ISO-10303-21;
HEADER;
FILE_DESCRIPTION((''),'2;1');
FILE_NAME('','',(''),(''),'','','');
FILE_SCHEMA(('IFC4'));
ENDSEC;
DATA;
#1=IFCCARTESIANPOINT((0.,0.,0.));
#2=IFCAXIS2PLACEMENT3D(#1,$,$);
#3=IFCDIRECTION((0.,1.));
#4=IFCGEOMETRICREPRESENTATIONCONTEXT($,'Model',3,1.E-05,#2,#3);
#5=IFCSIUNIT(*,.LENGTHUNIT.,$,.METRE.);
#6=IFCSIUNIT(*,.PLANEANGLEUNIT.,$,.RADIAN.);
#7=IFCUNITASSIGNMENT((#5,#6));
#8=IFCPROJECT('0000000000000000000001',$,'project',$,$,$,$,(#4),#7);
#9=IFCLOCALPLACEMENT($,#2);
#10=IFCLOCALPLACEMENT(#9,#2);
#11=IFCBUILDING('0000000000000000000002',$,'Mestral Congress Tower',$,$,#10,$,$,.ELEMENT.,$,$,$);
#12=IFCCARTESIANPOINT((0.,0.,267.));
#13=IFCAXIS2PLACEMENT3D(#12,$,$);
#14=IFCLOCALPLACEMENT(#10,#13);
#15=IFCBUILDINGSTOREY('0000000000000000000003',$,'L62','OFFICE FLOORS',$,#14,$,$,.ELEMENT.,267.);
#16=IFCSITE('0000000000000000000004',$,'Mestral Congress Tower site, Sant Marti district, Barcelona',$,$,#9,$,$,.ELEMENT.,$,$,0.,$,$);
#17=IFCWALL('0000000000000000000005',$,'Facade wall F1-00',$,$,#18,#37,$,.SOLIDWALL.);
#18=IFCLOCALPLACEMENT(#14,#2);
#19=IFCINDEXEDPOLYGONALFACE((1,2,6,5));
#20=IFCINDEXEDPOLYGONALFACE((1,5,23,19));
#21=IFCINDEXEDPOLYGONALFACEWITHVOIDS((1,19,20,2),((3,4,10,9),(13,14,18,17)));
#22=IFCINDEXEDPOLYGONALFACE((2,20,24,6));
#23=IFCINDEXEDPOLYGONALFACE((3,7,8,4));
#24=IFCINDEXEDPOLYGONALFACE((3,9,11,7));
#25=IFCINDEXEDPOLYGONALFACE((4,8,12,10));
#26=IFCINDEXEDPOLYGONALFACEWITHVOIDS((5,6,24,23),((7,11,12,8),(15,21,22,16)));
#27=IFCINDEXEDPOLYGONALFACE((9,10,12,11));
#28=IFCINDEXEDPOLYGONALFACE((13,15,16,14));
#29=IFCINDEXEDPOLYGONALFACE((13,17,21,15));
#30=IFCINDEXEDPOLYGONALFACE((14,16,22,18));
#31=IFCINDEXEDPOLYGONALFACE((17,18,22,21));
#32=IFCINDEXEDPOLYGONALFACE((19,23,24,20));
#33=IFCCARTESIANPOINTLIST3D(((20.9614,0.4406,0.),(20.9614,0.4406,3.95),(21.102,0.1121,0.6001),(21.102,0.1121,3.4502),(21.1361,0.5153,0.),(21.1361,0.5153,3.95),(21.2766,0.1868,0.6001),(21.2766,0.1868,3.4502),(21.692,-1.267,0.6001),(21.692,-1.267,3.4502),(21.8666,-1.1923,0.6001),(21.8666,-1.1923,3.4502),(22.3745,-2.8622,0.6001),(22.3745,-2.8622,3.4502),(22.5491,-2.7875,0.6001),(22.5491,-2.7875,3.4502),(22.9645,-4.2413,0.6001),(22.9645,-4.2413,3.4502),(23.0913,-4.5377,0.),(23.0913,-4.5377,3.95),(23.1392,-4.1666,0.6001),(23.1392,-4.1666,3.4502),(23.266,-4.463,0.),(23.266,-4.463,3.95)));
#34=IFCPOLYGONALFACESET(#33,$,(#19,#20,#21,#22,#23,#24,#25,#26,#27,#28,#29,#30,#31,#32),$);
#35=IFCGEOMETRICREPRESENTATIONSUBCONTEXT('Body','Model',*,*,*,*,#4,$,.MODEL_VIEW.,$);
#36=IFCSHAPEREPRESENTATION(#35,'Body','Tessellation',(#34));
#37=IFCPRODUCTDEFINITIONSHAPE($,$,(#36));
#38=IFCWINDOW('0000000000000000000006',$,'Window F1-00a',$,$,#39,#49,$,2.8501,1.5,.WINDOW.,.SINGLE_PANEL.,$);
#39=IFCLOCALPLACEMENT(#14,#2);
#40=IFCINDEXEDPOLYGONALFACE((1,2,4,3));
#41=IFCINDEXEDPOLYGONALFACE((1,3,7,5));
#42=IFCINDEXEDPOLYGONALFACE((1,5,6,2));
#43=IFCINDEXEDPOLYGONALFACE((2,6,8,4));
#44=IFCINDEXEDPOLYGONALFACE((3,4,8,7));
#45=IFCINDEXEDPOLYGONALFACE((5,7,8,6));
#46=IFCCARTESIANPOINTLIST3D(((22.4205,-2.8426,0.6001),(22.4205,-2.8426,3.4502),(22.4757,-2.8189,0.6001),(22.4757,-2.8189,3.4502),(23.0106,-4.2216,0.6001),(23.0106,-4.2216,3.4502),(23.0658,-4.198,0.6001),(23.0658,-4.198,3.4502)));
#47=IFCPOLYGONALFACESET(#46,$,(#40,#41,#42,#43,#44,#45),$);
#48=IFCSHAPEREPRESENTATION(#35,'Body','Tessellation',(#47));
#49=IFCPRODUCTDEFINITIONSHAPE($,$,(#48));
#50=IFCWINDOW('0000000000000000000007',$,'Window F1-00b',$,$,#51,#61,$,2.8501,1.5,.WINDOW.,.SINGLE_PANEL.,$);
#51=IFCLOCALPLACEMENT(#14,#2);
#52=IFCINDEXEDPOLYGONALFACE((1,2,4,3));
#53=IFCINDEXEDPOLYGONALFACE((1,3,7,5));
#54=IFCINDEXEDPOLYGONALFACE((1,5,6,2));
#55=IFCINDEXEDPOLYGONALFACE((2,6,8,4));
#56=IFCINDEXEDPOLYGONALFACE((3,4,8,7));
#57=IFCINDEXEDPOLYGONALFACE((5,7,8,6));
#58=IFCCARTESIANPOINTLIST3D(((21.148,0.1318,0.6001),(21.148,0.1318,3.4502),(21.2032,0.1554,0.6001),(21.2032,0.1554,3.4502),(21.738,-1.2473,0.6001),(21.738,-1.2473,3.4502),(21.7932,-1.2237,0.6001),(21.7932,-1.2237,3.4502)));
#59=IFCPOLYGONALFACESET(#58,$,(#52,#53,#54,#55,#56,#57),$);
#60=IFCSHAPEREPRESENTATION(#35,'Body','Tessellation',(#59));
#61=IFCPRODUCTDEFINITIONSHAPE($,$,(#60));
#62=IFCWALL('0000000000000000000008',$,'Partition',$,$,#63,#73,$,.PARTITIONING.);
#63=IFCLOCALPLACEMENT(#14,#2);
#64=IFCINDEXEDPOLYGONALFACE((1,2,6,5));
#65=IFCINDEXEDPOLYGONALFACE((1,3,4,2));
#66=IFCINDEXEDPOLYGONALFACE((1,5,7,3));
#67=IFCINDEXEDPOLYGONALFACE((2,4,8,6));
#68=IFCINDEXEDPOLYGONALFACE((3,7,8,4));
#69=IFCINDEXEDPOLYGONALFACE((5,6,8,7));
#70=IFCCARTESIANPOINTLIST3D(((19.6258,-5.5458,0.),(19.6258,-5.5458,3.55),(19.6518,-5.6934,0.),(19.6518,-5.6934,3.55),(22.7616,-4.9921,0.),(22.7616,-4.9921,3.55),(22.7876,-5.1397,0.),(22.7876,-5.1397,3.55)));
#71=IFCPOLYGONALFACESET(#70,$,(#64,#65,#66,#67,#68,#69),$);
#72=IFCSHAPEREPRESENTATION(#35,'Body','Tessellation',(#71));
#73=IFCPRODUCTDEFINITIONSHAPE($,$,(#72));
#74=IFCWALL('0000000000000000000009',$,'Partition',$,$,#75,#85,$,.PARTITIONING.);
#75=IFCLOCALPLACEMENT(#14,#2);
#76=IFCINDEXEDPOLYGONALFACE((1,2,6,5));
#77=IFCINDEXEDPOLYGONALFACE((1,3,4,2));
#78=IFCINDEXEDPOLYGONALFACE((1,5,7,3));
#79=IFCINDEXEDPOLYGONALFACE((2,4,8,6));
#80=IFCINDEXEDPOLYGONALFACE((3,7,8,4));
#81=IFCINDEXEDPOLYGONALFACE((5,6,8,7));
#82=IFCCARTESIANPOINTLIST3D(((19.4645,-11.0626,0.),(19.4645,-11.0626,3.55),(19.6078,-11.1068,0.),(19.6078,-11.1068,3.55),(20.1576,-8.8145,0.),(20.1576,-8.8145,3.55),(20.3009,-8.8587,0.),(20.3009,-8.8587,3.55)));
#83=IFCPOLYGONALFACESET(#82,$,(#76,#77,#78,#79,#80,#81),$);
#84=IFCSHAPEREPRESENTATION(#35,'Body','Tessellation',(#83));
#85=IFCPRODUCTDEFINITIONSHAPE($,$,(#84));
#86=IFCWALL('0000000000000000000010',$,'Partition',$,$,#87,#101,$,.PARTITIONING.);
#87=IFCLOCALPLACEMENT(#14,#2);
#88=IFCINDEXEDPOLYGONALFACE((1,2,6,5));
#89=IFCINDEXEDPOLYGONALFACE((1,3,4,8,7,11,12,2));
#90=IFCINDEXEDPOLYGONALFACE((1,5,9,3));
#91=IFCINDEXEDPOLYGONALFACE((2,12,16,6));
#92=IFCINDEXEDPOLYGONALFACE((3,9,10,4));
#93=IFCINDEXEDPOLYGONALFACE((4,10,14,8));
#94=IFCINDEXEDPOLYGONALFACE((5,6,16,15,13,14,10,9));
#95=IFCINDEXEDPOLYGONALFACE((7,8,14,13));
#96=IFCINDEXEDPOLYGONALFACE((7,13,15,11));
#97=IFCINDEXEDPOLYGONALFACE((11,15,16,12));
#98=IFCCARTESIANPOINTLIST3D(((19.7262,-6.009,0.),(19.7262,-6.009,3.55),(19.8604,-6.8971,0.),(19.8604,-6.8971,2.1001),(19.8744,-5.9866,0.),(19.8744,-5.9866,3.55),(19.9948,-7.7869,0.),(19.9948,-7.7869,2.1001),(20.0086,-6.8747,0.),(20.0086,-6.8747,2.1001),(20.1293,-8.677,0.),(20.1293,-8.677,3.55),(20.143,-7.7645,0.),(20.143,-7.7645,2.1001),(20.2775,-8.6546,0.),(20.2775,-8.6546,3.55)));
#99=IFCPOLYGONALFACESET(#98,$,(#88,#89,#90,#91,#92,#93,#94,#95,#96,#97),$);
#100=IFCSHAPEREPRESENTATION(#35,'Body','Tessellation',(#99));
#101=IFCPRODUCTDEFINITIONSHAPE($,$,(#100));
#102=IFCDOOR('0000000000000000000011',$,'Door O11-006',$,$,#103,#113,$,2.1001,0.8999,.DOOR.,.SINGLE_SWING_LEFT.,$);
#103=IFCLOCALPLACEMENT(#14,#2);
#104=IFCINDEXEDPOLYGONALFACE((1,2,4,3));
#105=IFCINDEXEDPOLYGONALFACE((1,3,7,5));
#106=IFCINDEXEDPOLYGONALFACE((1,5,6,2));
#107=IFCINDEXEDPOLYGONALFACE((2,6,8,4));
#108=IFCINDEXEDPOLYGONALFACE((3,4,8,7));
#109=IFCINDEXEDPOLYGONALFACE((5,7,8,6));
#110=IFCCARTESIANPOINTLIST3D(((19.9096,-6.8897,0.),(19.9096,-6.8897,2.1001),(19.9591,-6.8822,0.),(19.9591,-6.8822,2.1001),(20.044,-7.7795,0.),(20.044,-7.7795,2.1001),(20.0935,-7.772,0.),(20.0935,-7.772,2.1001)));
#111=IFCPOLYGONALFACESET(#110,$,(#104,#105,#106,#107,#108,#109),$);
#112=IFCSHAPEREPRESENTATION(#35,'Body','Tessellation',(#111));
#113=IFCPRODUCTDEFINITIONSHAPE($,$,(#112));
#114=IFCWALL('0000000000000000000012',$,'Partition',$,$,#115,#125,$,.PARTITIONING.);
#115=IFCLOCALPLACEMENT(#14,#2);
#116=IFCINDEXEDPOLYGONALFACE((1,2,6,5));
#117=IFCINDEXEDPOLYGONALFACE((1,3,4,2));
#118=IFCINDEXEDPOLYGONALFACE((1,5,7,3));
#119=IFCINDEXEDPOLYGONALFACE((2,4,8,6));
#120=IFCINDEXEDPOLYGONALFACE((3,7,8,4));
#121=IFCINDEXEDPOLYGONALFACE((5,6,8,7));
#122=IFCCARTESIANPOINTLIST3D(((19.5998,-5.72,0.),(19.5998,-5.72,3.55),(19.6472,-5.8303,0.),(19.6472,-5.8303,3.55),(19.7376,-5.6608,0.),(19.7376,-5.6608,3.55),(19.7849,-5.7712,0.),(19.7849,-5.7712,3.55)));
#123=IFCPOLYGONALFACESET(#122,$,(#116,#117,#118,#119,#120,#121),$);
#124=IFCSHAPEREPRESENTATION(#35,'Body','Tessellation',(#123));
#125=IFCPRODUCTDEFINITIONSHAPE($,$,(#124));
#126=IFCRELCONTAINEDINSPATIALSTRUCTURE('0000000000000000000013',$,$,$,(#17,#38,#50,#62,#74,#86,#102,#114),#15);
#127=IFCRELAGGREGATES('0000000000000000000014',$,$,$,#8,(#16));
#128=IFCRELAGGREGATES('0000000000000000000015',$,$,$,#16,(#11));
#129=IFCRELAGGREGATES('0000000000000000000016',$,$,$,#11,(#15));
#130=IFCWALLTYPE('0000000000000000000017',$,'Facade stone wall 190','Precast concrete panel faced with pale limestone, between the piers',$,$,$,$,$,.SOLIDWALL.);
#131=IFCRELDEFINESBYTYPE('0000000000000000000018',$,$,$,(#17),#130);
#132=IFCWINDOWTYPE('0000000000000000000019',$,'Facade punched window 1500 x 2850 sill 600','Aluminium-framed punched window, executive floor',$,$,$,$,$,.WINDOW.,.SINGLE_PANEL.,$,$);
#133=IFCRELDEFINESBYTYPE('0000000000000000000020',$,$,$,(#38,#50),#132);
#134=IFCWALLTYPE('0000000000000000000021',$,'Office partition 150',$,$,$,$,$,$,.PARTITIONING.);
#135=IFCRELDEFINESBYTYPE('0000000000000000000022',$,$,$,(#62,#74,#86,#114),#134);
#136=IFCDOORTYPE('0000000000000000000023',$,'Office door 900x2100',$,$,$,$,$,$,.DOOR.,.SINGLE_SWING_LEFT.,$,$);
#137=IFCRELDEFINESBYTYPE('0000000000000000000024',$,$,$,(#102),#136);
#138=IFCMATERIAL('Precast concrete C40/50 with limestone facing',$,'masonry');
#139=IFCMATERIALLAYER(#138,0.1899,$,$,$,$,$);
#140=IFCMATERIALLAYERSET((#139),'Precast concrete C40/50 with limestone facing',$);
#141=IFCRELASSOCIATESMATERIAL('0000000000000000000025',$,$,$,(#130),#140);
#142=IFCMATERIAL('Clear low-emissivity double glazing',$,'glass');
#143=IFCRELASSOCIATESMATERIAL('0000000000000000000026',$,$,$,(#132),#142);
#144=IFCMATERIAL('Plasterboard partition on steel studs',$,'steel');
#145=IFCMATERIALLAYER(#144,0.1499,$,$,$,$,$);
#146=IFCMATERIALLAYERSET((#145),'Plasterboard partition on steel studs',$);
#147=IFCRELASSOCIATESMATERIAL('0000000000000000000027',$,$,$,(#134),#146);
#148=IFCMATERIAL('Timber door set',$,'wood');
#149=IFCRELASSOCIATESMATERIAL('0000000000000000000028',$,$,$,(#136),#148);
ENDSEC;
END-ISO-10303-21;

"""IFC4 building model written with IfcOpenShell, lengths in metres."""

from ifc_helpers import new_model, si_unit, direction, frame, frame_2d, origin, place, context, subcontext, project, spatial, rectangle, extrude, material, layer, layer_set, type_object, element, fill, save


model = new_model("IFC4")

# Units and contexts
model_context = context("Model", 3, precision=1e-05, world=origin(), true_north=direction((0.0, 1.0)))
body_context = subcontext(model_context, "Body", "Model", "MODEL_VIEW")
ifc_project = project(units=[si_unit("LENGTHUNIT", "METRE"), si_unit("PLANEANGLEUNIT", "RADIAN")], contexts=[model_context])

# Site, building, storey
site_placement = place(None, origin())
site = spatial("IfcSite", under=ifc_project, at=site_placement, Name="Mestral Congress Tower site, Sant Marti district, Barcelona", CompositionType="ELEMENT", RefElevation=0.0)
building_placement = place(site_placement, origin())
building = spatial("IfcBuilding", under=site, at=building_placement, Name="Mestral Congress Tower", CompositionType="ELEMENT")
storey_placement = place(building_placement, frame((0.0, 0.0, 267.0)))
storey = spatial("IfcBuildingStorey", under=building, at=storey_placement, Name="L62", Description="OFFICE FLOORS", CompositionType="ELEMENT", Elevation=267.0)

# Shared definitions
ifc_material_1 = material(Name="Precast concrete C40/50 with limestone facing", Category="masonry")
ifc_layer_1 = layer(ifc_material_1, 0.1899)
ifc_layer_set_1 = layer_set([ifc_layer_1], Name="Precast concrete C40/50 with limestone facing")
wall_type_1 = type_object("IfcWallType", Name="Facade stone wall 190", Description="Precast concrete panel faced with pale limestone, between the piers", PredefinedType="SOLIDWALL", material=ifc_layer_set_1)
ifc_material_2 = material(Name="Clear low-emissivity double glazing", Category="glass")

# Wall, openings, windows
wall_1_placement = place(storey_placement, frame((23.1787, -4.5005, 0.0), z_axis=(0.0, 0.0, 1.0), x_axis=(-0.393348, 0.91939, 0.0)))
wall_1 = element("IfcWall", 1, at=wall_1_placement, inside=storey, type_object=wall_type_1, Name="Facade wall F1-00", PredefinedType="SOLIDWALL", context=body_context, shape_type="SweptSolid", body=[
    extrude(rectangle(XDim=5.4148, YDim=0.1899, at=frame_2d((2.7075, 0.0))), origin(), (0.0, 0.0, 1.0), 3.95),
])
opening_1_placement = place(wall_1_placement, frame((0.3225, 0.0, 0.6001)))
opening_1 = element("IfcOpeningElement", 2, at=opening_1_placement, cuts=wall_1, PredefinedType="OPENING", context=body_context, shape_type="SweptSolid", body=[
    extrude(rectangle(XDim=1.5, YDim=2.8501, at=frame_2d((0.75, 1.425))), frame((0.0, 0.105, 0.0), z_axis=(0.0, -1.0, 0.0), x_axis=(1.0, 0.0, 0.0)), (0.0, 0.0, 1.0), 0.21),
])
opening_2_placement = place(wall_1_placement, frame((3.5576, 0.0, 0.6001)))
opening_2 = element("IfcOpeningElement", 3, at=opening_2_placement, cuts=wall_1, PredefinedType="OPENING", context=body_context, shape_type="SweptSolid", body=[
    extrude(rectangle(XDim=1.5, YDim=2.8501, at=frame_2d((0.75, 1.425))), frame((0.0, 0.105, 0.0), z_axis=(0.0, -1.0, 0.0), x_axis=(1.0, 0.0, 0.0)), (0.0, 0.0, 1.0), 0.21),
])
window_type_1 = type_object("IfcWindowType", Name="Facade punched window 1500 x 2850 sill 600", Description="Aluminium-framed punched window, executive floor", PartitioningType="SINGLE_PANEL", PredefinedType="WINDOW", material=ifc_material_2)
window_1_placement = place(opening_1_placement, origin())
window_1 = element("IfcWindow", 4, at=window_1_placement, inside=storey, type_object=window_type_1, Name="Window F1-00a", OverallHeight=2.8501, OverallWidth=1.5, PartitioningType="SINGLE_PANEL", PredefinedType="WINDOW", context=body_context, shape_type="SweptSolid", body=[
    extrude(rectangle(XDim=1.5, YDim=2.8501, at=frame_2d((0.75, 1.425))), frame((0.0, 0.0449, 0.0), z_axis=(0.0, -1.0, 0.0), x_axis=(1.0, 0.0, 0.0)), (0.0, 0.0, 1.0), 0.0601),
])
fill(opening_1, window_1)
window_2_placement = place(opening_2_placement, origin())
window_2 = element("IfcWindow", 5, at=window_2_placement, inside=storey, type_object=window_type_1, Name="Window F1-00b", OverallHeight=2.8501, OverallWidth=1.5, PartitioningType="SINGLE_PANEL", PredefinedType="WINDOW", context=body_context, shape_type="SweptSolid", body=[
    extrude(rectangle(XDim=1.5, YDim=2.8501, at=frame_2d((0.75, 1.425))), frame((0.0, 0.0449, 0.0), z_axis=(0.0, -1.0, 0.0), x_axis=(1.0, 0.0, 0.0)), (0.0, 0.0, 1.0), 0.0601),
])
fill(opening_2, window_2)

# Walls
ifc_material_3 = material(Name="Plasterboard partition on steel studs", Category="steel")
ifc_layer_2 = layer(ifc_material_3, 0.1499)
ifc_layer_set_2 = layer_set([ifc_layer_2], Name="Plasterboard partition on steel studs")
wall_type_2 = type_object("IfcWallType", Name="Office partition 150", PredefinedType="PARTITIONING", material=ifc_layer_set_2)
wall_2_placement = place(storey_placement, frame((19.6387, -5.6196, 0.0), z_axis=(0.0, 0.0, 1.0), x_axis=(0.984765, 0.17389, 0.0)))
element("IfcWall", 6, at=wall_2_placement, inside=storey, type_object=wall_type_2, Name="Partition", PredefinedType="PARTITIONING", context=body_context, shape_type="SweptSolid", body=[
    extrude(rectangle(XDim=3.1843, YDim=0.1499, at=frame_2d((1.5923, 0.0))), origin(), (0.0, 0.0, 1.0), 3.55),
])
wall_3_placement = place(storey_placement, frame((19.5361, -11.0847, 0.0), z_axis=(0.0, 0.0, 1.0), x_axis=(0.294633, 0.955611, 0.0)))
element("IfcWall", 7, at=wall_3_placement, inside=storey, type_object=wall_type_2, Name="Partition", PredefinedType="PARTITIONING", context=body_context, shape_type="SweptSolid", body=[
    extrude(rectangle(XDim=2.3525, YDim=0.1499, at=frame_2d((1.1763, 0.0))), origin(), (0.0, 0.0, 1.0), 3.55),
])

# Wall, opening, door
wall_4_placement = place(storey_placement, frame((19.8003, -5.9978, 0.0), z_axis=(0.0, 0.0, 1.0), x_axis=(0.149385, -0.988779, 0.0)))
wall_4 = element("IfcWall", 8, at=wall_4_placement, inside=storey, type_object=wall_type_2, Name="Partition", PredefinedType="PARTITIONING", context=body_context, shape_type="SweptSolid", body=[
    extrude(rectangle(XDim=2.6982, YDim=0.1499, at=frame_2d((1.3491, 0.0))), origin(), (0.0, 0.0, 1.0), 3.55),
])
opening_3_placement = place(wall_4_placement, frame((0.8982, 0.0, 0.0)))
opening_3 = element("IfcOpeningElement", 9, at=opening_3_placement, cuts=wall_4, PredefinedType="OPENING", context=body_context, shape_type="SweptSolid", body=[
    extrude(rectangle(XDim=0.8999, YDim=2.1001, at=frame_2d((0.45, 1.05))), frame((0.0, 0.085, 0.0), z_axis=(0.0, -1.0, 0.0), x_axis=(1.0, 0.0, 0.0)), (0.0, 0.0, 1.0), 0.1699),
])
ifc_material_4 = material(Name="Timber door set", Category="wood")
door_type = type_object("IfcDoorType", Name="Office door 900x2100", OperationType="SINGLE_SWING_LEFT", PredefinedType="DOOR", material=ifc_material_4)
door_placement = place(opening_3_placement, origin())
door = element("IfcDoor", 10, at=door_placement, inside=storey, type_object=door_type, Name="Door O11-006", OperationType="SINGLE_SWING_LEFT", OverallHeight=2.1001, OverallWidth=0.8999, PredefinedType="DOOR", context=body_context, shape_type="SweptSolid", body=[
    extrude(rectangle(XDim=0.8999, YDim=2.1001, at=frame_2d((0.45, 1.05))), frame((0.0, 0.0249, 0.0), z_axis=(0.0, -1.0, 0.0), x_axis=(1.0, 0.0, 0.0)), (0.0, 0.0, 1.0), 0.05),
])
fill(opening_3, door)

# Wall
wall_5_placement = place(storey_placement, frame((19.7161, -5.8008, 0.0), z_axis=(0.0, 0.0, 1.0), x_axis=(-0.39441, 0.918935, 0.0)))
element("IfcWall", 11, at=wall_5_placement, inside=storey, type_object=wall_type_2, Name="Partition", PredefinedType="PARTITIONING", context=body_context, shape_type="SweptSolid", body=[
    extrude(rectangle(XDim=0.1201, YDim=0.1499, at=frame_2d((0.0601, 0.0))), origin(), (0.0, 0.0, 1.0), 3.55),
])

save(model, "model.ifc")
